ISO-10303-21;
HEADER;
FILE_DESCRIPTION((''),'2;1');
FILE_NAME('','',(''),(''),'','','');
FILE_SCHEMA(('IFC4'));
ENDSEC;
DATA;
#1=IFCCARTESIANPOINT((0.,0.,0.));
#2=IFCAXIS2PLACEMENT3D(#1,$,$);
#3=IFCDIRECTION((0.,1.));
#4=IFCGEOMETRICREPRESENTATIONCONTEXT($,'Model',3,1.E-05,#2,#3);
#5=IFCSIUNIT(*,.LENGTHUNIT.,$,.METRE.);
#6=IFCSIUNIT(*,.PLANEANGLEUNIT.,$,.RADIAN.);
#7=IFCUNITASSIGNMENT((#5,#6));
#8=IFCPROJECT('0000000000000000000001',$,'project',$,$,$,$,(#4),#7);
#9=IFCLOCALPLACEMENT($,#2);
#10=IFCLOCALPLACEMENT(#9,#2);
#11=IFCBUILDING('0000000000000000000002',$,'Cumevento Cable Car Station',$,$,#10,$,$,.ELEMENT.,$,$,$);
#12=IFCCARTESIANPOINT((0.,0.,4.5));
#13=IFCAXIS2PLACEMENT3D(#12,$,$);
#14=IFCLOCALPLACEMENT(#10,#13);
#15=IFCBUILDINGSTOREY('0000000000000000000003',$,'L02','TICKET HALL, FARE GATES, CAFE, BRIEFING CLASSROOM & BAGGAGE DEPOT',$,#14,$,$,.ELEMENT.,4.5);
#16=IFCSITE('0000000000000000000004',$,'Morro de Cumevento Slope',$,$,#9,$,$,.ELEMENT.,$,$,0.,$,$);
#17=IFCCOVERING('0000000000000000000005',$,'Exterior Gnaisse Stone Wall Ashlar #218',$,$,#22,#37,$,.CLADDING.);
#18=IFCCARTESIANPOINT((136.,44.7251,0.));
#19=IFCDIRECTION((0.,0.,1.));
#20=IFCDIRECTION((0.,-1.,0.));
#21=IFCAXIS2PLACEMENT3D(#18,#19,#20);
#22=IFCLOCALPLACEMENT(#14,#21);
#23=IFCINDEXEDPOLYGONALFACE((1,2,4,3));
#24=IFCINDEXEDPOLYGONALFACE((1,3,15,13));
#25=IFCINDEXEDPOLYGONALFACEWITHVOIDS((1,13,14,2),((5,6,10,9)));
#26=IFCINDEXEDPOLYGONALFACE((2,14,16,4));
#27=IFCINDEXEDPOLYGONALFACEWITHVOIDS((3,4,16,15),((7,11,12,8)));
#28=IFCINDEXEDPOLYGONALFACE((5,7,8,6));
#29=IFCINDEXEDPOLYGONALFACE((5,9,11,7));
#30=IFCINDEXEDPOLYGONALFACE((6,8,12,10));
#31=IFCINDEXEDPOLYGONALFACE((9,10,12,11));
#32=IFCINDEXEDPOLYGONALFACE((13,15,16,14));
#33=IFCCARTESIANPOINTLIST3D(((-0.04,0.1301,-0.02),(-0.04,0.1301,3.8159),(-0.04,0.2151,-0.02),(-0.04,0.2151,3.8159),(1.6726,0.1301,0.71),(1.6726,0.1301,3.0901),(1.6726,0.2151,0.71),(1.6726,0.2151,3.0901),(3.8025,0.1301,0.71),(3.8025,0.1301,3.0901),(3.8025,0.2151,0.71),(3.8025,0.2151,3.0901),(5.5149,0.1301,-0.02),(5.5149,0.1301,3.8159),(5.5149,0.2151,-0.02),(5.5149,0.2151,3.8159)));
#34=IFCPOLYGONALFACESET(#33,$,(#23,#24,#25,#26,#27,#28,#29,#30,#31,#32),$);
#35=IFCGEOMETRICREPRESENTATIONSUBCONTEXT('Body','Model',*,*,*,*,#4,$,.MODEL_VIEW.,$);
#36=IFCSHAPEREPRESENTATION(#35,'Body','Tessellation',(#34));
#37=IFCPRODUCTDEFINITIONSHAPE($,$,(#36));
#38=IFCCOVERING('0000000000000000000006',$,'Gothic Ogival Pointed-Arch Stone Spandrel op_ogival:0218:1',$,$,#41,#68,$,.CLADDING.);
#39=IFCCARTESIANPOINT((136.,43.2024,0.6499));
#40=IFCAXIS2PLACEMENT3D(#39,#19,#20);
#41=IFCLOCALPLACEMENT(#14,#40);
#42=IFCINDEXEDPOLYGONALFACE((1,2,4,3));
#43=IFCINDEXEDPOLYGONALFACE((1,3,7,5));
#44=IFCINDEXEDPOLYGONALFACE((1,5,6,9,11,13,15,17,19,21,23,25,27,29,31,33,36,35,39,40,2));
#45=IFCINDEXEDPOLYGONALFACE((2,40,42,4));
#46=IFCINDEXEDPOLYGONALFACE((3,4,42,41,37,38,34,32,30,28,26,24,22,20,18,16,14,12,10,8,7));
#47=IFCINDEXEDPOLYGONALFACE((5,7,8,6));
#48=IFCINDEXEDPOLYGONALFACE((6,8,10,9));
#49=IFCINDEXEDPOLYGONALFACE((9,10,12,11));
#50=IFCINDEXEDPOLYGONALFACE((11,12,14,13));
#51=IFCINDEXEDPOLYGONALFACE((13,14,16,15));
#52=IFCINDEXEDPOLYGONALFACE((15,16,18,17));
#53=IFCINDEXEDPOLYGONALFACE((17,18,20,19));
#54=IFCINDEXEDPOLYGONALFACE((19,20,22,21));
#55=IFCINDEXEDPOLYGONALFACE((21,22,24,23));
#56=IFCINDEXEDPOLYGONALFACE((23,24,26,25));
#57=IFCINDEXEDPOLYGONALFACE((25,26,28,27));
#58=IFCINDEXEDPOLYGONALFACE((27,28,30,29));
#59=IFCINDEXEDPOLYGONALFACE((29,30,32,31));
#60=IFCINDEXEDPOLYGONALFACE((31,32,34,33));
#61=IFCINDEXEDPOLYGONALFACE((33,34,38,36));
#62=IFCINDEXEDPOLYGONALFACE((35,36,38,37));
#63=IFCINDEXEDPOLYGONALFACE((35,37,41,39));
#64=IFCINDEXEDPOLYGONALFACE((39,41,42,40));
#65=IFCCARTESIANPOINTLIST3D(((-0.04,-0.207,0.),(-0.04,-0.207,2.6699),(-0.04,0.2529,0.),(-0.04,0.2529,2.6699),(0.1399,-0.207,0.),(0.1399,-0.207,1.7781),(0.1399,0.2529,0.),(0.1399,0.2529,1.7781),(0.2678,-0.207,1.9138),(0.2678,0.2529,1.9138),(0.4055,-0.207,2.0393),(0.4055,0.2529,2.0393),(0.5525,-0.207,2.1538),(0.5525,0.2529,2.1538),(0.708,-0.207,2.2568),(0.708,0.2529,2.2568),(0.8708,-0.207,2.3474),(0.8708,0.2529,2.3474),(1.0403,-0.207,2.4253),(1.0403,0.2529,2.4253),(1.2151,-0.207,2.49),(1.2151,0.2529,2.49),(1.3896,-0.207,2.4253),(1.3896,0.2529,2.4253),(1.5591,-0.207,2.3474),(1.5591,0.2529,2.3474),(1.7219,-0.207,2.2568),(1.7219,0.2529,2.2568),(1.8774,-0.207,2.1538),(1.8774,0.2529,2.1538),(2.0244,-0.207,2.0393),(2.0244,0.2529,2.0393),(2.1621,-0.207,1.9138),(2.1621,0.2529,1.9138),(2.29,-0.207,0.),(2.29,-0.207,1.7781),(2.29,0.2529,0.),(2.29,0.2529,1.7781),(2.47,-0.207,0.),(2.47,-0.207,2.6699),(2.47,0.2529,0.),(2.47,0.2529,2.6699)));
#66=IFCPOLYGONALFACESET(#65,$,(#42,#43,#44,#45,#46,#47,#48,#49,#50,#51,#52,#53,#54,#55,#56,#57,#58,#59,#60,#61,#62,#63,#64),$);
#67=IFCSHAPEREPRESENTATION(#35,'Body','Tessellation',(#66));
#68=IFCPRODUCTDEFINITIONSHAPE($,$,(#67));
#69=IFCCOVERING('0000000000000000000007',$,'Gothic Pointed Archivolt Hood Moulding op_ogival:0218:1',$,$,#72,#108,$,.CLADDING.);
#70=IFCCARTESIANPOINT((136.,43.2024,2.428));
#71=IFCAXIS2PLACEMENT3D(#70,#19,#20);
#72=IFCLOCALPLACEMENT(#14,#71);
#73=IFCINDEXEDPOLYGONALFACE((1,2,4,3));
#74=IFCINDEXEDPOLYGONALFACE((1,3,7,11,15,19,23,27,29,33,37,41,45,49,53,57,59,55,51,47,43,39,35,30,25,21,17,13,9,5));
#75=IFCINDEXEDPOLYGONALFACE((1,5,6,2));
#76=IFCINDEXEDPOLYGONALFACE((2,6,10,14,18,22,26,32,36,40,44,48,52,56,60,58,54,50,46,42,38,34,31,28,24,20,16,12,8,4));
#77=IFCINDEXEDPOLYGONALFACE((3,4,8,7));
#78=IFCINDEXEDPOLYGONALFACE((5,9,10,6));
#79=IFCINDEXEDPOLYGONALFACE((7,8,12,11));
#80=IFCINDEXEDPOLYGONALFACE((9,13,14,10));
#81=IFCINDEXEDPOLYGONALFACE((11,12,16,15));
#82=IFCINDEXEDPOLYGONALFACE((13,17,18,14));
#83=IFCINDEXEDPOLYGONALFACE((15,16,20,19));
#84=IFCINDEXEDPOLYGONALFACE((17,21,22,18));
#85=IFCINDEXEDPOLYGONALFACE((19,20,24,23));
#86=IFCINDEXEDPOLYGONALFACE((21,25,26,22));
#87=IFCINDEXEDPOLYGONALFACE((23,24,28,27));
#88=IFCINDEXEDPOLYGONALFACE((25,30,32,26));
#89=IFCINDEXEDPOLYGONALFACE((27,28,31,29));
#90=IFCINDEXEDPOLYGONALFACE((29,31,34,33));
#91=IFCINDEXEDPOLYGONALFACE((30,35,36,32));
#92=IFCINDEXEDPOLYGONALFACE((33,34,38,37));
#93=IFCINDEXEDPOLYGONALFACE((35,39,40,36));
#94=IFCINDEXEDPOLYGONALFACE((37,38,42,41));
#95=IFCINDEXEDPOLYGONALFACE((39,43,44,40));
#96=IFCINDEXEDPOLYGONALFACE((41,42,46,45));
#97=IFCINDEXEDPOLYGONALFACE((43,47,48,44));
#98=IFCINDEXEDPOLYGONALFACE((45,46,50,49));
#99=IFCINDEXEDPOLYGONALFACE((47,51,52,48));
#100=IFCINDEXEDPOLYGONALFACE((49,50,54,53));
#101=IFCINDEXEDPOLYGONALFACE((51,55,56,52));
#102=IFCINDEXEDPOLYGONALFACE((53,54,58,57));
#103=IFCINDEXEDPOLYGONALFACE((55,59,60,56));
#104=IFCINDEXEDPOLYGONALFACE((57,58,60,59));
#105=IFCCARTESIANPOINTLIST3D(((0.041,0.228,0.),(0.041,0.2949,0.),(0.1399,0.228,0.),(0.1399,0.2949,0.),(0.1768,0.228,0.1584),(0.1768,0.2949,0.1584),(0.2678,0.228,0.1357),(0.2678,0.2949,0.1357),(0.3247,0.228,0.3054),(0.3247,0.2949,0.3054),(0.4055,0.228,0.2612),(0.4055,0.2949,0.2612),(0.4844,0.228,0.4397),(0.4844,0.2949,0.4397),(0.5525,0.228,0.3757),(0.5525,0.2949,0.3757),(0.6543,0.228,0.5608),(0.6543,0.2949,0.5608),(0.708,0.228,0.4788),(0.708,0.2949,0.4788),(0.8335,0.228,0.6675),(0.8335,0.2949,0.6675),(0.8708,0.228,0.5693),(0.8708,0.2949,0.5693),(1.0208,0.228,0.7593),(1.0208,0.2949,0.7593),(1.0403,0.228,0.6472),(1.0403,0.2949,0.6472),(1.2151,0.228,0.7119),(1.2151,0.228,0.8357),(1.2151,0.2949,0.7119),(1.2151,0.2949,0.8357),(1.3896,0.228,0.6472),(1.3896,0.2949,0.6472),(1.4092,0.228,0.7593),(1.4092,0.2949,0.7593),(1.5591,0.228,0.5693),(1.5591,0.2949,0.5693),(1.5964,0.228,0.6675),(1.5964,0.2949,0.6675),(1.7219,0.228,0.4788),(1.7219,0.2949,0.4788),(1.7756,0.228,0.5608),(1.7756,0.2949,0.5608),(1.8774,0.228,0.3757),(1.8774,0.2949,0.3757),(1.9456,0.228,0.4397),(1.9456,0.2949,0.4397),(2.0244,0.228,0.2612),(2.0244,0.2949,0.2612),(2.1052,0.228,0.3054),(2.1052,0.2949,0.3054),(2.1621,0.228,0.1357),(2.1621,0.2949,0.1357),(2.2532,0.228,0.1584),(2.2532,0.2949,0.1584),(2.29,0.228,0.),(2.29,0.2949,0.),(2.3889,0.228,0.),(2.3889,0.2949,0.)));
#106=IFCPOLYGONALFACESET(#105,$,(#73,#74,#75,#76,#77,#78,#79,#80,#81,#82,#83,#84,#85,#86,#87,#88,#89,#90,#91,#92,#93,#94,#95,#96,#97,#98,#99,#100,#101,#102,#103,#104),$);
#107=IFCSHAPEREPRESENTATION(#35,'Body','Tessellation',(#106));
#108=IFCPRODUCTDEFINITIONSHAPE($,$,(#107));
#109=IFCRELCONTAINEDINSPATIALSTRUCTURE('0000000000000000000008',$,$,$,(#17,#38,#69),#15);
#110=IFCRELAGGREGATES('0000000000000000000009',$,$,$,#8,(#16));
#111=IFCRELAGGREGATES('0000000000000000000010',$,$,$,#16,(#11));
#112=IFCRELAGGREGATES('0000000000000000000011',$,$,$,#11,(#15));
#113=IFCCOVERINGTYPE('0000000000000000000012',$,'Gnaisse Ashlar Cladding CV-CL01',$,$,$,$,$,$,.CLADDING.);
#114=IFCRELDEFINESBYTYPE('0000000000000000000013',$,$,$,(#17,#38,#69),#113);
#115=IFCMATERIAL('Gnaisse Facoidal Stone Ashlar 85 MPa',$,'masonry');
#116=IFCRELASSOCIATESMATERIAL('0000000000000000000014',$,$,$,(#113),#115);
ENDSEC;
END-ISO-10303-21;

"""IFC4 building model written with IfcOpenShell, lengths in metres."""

from ifc_helpers import new_model, si_unit, direction, frame, origin, place, context, subcontext, project, spatial, polyline, outline, extrude, material, type_object, element, save


model = new_model("IFC4")

# Units and contexts
model_context = context("Model", 3, precision=1e-05, world=origin(), true_north=direction((0.0, 1.0)))
body_context = subcontext(model_context, "Body", "Model", "MODEL_VIEW")
ifc_project = project(units=[si_unit("LENGTHUNIT", "METRE"), si_unit("PLANEANGLEUNIT", "RADIAN")], contexts=[model_context])

# Site, building, storey
site_placement = place(None, origin())
site = spatial("IfcSite", under=ifc_project, at=site_placement, Name="Morro de Cumevento Slope", CompositionType="ELEMENT", RefElevation=0.0)
building_placement = place(site_placement, origin())
building = spatial("IfcBuilding", under=site, at=building_placement, Name="Cumevento Cable Car Station", CompositionType="ELEMENT")
storey_placement = place(building_placement, frame((0.0, 0.0, 4.5)))
storey = spatial("IfcBuildingStorey", under=building, at=storey_placement, Name="L02", Description="TICKET HALL, FARE GATES, CAFE, BRIEFING CLASSROOM & BAGGAGE DEPOT", CompositionType="ELEMENT", Elevation=4.5)

# Coverings
ifc_material_1 = material(Name="Gnaisse Facoidal Stone Ashlar 85 MPa", Category="masonry")
covering_type = type_object("IfcCoveringType", Name="Gnaisse Ashlar Cladding CV-CL01", PredefinedType="CLADDING", material=ifc_material_1)
covering_1_placement = place(storey_placement, frame((136.0, 44.7251, 0.0), z_axis=(0.0, 0.0, 1.0), x_axis=(0.0, -1.0, 0.0)))
element("IfcCovering", 1, at=covering_1_placement, inside=storey, type_object=covering_type, Name="Exterior Gnaisse Stone Wall Ashlar #218", PredefinedType="CLADDING", context=body_context, shape_type="SweptSolid", body=[
    extrude(outline(polyline([(-0.04, -0.02), (5.5149, -0.02), (5.5149, 3.8159), (-0.04, 3.8159), (-0.04, -0.02)]), holes=[polyline([(1.6726, 0.71), (3.8025, 0.71), (3.8025, 3.0901), (1.6726, 3.0901), (1.6726, 0.71)])]), frame((0.0, 0.2151, 0.0), z_axis=(0.0, -1.0, 0.0), x_axis=(1.0, 0.0, 0.0)), (0.0, 0.0, 1.0), 0.085),
])
covering_2_placement = place(storey_placement, frame((136.0, 43.2024, 0.6499), z_axis=(0.0, 0.0, 1.0), x_axis=(0.0, -1.0, 0.0)))
element("IfcCovering", 2, at=covering_2_placement, inside=storey, type_object=covering_type, Name="Gothic Ogival Pointed-Arch Stone Spandrel op_ogival:0218:1", PredefinedType="CLADDING", context=body_context, shape_type="SweptSolid", body=[
    extrude(outline(polyline([(-0.04, 0.0), (-0.04, 2.6699), (2.47, 2.6699), (2.47, 0.0), (2.29, 0.0), (2.29, 1.7781), (2.1621, 1.9138), (2.0244, 2.0393), (1.8774, 2.1538), (1.7219, 2.2568), (1.5591, 2.3474), (1.3896, 2.4253), (1.2151, 2.49), (1.0403, 2.4253), (0.8708, 2.3474), (0.708, 2.2568), (0.5525, 2.1538), (0.4055, 2.0393), (0.2678, 1.9138), (0.1399, 1.7781), (0.1399, 0.0), (-0.04, 0.0)])), frame((0.0, 0.2529, 0.0), z_axis=(0.0, -1.0, 0.0), x_axis=(1.0, 0.0, 0.0)), (0.0, 0.0, 1.0), 0.46),
])
covering_3_placement = place(storey_placement, frame((136.0, 43.2024, 2.428), z_axis=(0.0, 0.0, 1.0), x_axis=(0.0, -1.0, 0.0)))
element("IfcCovering", 3, at=covering_3_placement, inside=storey, type_object=covering_type, Name="Gothic Pointed Archivolt Hood Moulding op_ogival:0218:1", PredefinedType="CLADDING", context=body_context, shape_type="SweptSolid", body=[
    extrude(outline(polyline([(0.1399, 0.0), (0.2678, 0.1357), (0.4055, 0.2612), (0.5525, 0.3757), (0.708, 0.4788), (0.8708, 0.5693), (1.0403, 0.6472), (1.2151, 0.7119), (1.3896, 0.6472), (1.5591, 0.5693), (1.7219, 0.4788), (1.8774, 0.3757), (2.0244, 0.2612), (2.1621, 0.1357), (2.29, 0.0), (2.3889, 0.0), (2.2532, 0.1584), (2.1052, 0.3054), (1.9456, 0.4397), (1.7756, 0.5608), (1.5964, 0.6675), (1.4092, 0.7593), (1.2151, 0.8357), (1.0208, 0.7593), (0.8335, 0.6675), (0.6543, 0.5608), (0.4844, 0.4397), (0.3247, 0.3054), (0.1768, 0.1584), (0.041, 0.0), (0.1399, 0.0)])), frame((0.0, 0.2949, 0.0), z_axis=(0.0, -1.0, 0.0), x_axis=(1.0, 0.0, 0.0)), (0.0, 0.0, 1.0), 0.0669),
])

save(model, "model.ifc")
